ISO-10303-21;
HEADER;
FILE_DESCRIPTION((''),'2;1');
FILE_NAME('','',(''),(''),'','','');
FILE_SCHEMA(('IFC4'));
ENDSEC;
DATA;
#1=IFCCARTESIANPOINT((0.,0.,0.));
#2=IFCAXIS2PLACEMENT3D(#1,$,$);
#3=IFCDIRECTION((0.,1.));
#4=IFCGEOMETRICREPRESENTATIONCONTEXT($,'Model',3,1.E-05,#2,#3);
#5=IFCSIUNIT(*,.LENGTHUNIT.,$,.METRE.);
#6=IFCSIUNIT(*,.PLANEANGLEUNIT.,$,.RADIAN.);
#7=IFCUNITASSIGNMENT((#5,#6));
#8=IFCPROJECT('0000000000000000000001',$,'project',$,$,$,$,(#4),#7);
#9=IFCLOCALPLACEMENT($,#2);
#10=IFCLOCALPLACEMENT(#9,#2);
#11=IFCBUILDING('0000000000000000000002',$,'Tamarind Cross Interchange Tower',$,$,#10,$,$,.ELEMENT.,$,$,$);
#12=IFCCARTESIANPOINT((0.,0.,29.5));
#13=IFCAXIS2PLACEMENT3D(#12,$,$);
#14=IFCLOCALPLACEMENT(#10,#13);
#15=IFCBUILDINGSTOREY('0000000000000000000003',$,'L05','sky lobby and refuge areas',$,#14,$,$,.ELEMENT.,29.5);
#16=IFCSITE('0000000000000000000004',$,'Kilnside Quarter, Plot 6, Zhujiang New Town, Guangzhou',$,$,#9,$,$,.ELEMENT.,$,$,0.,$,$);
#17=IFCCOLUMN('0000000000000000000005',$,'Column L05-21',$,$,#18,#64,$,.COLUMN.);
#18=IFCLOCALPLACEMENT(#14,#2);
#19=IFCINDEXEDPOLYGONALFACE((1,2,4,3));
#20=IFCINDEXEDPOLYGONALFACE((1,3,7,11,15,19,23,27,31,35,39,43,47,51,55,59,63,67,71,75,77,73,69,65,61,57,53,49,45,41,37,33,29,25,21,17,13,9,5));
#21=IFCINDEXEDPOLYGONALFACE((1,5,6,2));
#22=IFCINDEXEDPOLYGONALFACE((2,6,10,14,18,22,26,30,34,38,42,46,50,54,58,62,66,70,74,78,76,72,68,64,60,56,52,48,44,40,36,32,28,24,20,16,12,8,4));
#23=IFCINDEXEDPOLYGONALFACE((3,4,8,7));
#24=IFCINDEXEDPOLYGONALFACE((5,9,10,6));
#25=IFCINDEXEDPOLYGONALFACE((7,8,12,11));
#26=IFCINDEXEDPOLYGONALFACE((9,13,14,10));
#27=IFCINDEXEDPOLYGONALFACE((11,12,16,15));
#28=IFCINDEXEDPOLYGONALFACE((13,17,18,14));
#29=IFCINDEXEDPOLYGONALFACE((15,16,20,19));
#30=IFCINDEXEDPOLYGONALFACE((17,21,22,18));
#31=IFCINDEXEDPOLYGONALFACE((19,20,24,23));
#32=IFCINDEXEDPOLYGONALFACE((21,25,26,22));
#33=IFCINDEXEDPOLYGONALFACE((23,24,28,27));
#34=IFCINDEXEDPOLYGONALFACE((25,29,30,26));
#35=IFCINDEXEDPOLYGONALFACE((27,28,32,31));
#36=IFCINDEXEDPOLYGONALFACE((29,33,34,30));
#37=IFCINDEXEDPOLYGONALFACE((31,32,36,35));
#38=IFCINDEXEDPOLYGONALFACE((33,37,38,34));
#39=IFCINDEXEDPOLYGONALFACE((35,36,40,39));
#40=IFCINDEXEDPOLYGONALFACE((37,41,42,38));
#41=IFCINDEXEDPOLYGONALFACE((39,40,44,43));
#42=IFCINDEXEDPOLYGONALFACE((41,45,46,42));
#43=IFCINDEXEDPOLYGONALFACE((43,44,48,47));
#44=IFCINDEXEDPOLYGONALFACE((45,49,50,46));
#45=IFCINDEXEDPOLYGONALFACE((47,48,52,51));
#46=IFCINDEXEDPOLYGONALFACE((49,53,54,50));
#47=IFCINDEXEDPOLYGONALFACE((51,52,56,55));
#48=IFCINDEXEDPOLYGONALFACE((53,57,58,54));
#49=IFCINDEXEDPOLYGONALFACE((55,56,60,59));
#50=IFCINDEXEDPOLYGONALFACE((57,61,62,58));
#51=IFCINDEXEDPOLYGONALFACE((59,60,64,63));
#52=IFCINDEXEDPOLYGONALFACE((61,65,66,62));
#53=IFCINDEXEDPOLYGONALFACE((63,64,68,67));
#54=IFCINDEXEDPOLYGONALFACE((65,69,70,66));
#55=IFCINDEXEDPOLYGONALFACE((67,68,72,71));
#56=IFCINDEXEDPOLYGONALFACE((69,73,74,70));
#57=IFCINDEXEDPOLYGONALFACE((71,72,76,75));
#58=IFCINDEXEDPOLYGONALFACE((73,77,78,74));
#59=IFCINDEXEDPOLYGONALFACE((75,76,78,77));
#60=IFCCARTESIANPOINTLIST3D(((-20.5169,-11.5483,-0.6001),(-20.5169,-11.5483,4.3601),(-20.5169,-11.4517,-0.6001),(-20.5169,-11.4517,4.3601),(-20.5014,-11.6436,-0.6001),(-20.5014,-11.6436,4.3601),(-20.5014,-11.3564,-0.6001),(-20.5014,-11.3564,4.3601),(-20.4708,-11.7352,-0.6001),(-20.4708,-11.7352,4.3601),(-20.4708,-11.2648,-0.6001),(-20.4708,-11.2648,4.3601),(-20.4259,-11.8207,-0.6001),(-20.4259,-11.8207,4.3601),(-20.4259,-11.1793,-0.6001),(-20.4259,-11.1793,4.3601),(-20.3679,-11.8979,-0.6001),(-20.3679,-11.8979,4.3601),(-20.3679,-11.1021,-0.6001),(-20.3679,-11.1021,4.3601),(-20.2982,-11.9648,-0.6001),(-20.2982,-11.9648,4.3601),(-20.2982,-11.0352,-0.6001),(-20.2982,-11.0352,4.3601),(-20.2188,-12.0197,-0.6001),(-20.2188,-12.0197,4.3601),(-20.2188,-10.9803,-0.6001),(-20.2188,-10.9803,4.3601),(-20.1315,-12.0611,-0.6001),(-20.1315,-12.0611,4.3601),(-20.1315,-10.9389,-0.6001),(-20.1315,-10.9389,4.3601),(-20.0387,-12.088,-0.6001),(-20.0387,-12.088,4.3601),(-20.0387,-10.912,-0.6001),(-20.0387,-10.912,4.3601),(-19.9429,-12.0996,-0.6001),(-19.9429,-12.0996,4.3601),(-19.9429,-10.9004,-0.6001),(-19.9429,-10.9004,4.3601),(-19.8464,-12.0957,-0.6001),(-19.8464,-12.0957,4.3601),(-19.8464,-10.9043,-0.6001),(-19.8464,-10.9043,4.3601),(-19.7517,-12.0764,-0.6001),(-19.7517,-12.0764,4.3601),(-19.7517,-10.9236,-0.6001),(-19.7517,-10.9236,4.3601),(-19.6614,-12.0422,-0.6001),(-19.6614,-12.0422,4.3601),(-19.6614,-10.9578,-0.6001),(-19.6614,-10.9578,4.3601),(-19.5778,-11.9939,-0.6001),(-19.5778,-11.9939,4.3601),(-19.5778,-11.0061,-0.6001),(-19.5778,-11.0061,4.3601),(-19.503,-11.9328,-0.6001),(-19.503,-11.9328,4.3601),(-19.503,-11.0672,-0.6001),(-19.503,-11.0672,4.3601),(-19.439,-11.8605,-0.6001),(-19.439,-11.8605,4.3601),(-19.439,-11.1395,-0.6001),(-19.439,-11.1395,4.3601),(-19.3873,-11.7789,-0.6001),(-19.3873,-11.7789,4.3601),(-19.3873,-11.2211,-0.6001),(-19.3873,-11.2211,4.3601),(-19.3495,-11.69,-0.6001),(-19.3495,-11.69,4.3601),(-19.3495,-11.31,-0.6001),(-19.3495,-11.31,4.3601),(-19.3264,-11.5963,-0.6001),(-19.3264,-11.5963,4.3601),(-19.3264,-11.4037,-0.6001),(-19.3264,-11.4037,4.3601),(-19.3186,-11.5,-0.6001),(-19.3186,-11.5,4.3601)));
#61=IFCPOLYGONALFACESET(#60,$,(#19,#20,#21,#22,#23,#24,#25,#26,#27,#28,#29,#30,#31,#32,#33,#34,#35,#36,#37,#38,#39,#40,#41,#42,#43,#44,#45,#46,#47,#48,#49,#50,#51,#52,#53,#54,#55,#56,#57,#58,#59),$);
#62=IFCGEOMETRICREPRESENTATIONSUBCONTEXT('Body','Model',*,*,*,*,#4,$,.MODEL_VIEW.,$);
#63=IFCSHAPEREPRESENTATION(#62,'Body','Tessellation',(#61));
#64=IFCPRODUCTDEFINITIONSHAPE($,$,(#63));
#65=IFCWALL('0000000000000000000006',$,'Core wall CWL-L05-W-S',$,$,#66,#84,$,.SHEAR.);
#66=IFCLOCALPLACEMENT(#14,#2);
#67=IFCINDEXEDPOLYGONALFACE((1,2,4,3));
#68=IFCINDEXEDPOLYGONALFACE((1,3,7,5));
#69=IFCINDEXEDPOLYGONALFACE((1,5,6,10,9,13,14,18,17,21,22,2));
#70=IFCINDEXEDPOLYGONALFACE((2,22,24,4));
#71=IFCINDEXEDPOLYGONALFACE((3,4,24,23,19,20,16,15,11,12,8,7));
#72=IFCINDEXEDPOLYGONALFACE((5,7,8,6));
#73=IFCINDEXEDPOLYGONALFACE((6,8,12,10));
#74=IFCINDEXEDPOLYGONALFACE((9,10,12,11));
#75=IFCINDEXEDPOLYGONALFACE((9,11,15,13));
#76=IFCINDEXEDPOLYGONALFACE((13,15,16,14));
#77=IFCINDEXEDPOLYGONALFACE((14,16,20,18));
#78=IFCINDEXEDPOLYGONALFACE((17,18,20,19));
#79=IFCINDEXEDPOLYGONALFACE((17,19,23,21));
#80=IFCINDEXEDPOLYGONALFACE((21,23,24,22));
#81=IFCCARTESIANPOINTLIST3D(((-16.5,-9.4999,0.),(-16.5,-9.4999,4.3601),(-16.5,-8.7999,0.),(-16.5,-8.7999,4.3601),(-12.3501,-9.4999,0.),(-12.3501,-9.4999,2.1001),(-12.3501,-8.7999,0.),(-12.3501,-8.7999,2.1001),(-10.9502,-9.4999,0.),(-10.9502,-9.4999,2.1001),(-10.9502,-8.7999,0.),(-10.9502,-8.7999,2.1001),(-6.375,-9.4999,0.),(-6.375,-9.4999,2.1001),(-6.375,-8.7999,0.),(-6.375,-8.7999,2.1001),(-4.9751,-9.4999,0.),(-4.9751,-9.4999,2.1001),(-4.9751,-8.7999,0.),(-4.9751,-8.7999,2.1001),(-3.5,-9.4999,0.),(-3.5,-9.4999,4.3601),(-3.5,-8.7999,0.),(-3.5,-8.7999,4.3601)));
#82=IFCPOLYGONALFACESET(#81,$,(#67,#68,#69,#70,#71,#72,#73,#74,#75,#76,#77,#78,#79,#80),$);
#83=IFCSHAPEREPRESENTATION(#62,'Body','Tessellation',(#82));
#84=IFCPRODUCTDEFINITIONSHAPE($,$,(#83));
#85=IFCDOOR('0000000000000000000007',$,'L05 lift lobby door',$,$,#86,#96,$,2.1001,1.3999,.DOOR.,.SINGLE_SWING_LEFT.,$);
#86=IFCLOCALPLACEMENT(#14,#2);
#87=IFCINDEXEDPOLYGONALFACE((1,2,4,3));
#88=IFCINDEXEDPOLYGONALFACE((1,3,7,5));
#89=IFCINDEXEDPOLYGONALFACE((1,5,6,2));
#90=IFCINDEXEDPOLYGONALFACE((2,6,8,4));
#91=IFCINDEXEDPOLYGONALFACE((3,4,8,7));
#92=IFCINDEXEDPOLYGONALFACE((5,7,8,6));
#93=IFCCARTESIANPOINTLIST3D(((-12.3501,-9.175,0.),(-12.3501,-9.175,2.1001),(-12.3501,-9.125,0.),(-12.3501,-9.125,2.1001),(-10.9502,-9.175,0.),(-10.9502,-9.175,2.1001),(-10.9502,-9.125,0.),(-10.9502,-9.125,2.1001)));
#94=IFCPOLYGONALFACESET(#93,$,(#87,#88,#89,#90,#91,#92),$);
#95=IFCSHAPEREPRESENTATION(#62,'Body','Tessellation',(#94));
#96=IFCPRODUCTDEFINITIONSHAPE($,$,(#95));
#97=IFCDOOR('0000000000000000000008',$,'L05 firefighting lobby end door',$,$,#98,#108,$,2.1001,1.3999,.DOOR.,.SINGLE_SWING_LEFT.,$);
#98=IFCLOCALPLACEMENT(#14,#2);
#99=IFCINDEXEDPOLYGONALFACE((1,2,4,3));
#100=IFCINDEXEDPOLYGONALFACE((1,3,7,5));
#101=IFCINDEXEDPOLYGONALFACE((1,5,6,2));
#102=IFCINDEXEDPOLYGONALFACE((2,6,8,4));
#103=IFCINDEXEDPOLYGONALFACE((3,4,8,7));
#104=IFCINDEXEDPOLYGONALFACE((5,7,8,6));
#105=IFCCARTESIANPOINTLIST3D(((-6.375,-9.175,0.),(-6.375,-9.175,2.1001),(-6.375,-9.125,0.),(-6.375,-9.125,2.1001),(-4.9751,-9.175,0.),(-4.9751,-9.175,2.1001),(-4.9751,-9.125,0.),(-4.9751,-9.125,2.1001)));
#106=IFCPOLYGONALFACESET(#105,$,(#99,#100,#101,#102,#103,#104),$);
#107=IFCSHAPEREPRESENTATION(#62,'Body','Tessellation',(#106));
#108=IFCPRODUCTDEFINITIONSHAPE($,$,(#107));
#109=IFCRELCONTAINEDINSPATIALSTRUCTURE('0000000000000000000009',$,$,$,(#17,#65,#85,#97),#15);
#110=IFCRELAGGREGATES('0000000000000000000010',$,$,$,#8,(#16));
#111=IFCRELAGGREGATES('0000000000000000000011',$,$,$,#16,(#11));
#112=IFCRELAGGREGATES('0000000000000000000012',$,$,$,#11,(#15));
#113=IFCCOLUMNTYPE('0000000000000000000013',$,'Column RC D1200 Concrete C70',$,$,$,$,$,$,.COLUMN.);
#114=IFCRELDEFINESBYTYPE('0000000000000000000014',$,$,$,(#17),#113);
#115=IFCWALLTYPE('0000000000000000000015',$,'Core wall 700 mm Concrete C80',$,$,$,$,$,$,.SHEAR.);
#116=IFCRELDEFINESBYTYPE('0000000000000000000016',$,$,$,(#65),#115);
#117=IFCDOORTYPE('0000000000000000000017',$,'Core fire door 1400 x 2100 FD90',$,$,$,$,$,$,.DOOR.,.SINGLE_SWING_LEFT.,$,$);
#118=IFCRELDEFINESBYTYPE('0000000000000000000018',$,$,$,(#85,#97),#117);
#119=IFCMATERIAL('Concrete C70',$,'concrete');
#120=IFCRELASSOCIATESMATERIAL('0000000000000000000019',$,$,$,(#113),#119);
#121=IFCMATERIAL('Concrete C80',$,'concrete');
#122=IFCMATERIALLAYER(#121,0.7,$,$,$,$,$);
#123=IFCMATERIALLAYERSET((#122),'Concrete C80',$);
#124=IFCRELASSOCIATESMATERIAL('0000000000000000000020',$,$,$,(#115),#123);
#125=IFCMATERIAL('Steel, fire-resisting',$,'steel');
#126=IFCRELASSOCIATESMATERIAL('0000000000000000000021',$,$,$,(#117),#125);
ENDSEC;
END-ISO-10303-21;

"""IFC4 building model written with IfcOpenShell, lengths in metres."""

from ifc_helpers import new_model, si_unit, direction, frame, frame_2d, origin, origin_2d, place, context, subcontext, project, spatial, rectangle, circle, extrude, material, layer, layer_set, material_profile, profile_set, type_object, element, fill, save


model = new_model("IFC4")

# Units and contexts
model_context = context("Model", 3, precision=1e-05, world=origin(), true_north=direction((0.0, 1.0)))
body_context = subcontext(model_context, "Body", "Model", "MODEL_VIEW")
ifc_project = project(units=[si_unit("LENGTHUNIT", "METRE"), si_unit("PLANEANGLEUNIT", "RADIAN")], contexts=[model_context])

# Site, building, storey
site_placement = place(None, origin())
site = spatial("IfcSite", under=ifc_project, at=site_placement, Name="Kilnside Quarter, Plot 6, Zhujiang New Town, Guangzhou", CompositionType="ELEMENT", RefElevation=0.0)
building_placement = place(site_placement, origin())
building = spatial("IfcBuilding", under=site, at=building_placement, Name="Tamarind Cross Interchange Tower", CompositionType="ELEMENT")
storey_placement = place(building_placement, frame((0.0, 0.0, 29.5)))
storey = spatial("IfcBuildingStorey", under=building, at=storey_placement, Name="L05", Description="sky lobby and refuge areas", CompositionType="ELEMENT", Elevation=29.5)

# Column
ifc_material_1 = material(Name="Concrete C70", Category="concrete")
ifc_material_profile = material_profile(ifc_material_1, circle(Radius=0.6001, at=origin_2d()), Name="RC D1200")
ifc_profile_set = profile_set([ifc_material_profile], Name="Concrete C70")
column_type = type_object("IfcColumnType", Name="Column RC D1200 Concrete C70", PredefinedType="COLUMN", material=ifc_profile_set)
column_placement = place(storey_placement, frame((-19.9187, -11.5, -0.6001), z_axis=(0.0, 0.0, 1.0), x_axis=(1.0, 0.0, 0.0)))
element("IfcColumn", 1, at=column_placement, inside=storey, type_object=column_type, Name="Column L05-21", PredefinedType="COLUMN", context=body_context, shape_type="SweptSolid", body=[
    extrude(circle(Radius=0.6001, at=origin_2d()), origin(), (0.0, 0.0, 1.0), 4.9602),
])

# Wall, openings, doors
ifc_material_2 = material(Name="Concrete C80", Category="concrete")
ifc_layer_1 = layer(ifc_material_2, 0.7)
ifc_layer_set_1 = layer_set([ifc_layer_1], Name="Concrete C80")
wall_type_1 = type_object("IfcWallType", Name="Core wall 700 mm Concrete C80", PredefinedType="SHEAR", material=ifc_layer_set_1)
wall_1_placement = place(storey_placement, frame((-16.5, -9.1499, 0.0), z_axis=(0.0, 0.0, 1.0), x_axis=(1.0, 0.0, 0.0)))
wall_1 = element("IfcWall", 2, at=wall_1_placement, inside=storey, type_object=wall_type_1, Name="Core wall CWL-L05-W-S", PredefinedType="SHEAR", context=body_context, shape_type="SweptSolid", body=[
    extrude(rectangle(XDim=13.0, YDim=0.7, at=frame_2d((6.5, 0.0))), origin(), (0.0, 0.0, 1.0), 4.3601),
])
opening_1_placement = place(wall_1_placement, frame((4.1499, 0.0, 0.0)))
opening_1 = element("IfcOpeningElement", 3, at=opening_1_placement, cuts=wall_1, PredefinedType="OPENING", context=body_context, shape_type="SweptSolid", body=[
    extrude(rectangle(XDim=1.3999, YDim=2.1001, at=frame_2d((0.7, 1.05))), frame((0.0, 0.3599, 0.0), z_axis=(0.0, -1.0, 0.0), x_axis=(1.0, 0.0, 0.0)), (0.0, 0.0, 1.0), 0.72),
])
opening_2_placement = place(wall_1_placement, frame((10.125, 0.0, 0.0)))
opening_2 = element("IfcOpeningElement", 4, at=opening_2_placement, cuts=wall_1, PredefinedType="OPENING", context=body_context, shape_type="SweptSolid", body=[
    extrude(rectangle(XDim=1.3999, YDim=2.1001, at=frame_2d((0.7, 1.05))), frame((0.0, 0.3599, 0.0), z_axis=(0.0, -1.0, 0.0), x_axis=(1.0, 0.0, 0.0)), (0.0, 0.0, 1.0), 0.72),
])
ifc_material_3 = material(Name="Steel, fire-resisting", Category="steel")
door_type_1 = type_object("IfcDoorType", Name="Core fire door 1400 x 2100 FD90", OperationType="SINGLE_SWING_LEFT", PredefinedType="DOOR", material=ifc_material_3)
door_1_placement = place(opening_1_placement, origin())
door_1 = element("IfcDoor", 5, at=door_1_placement, inside=storey, type_object=door_type_1, Name="L05 lift lobby door", OperationType="SINGLE_SWING_LEFT", OverallHeight=2.1001, OverallWidth=1.3999, PredefinedType="DOOR", context=body_context, shape_type="SweptSolid", body=[
    extrude(rectangle(XDim=1.3999, YDim=2.1001, at=frame_2d((0.7, 1.05))), frame((0.0, 0.0249, 0.0), z_axis=(0.0, -1.0, 0.0), x_axis=(1.0, 0.0, 0.0)), (0.0, 0.0, 1.0), 0.05),
])
fill(opening_1, door_1)
door_2_placement = place(opening_2_placement, origin())
door_2 = element("IfcDoor", 6, at=door_2_placement, inside=storey, type_object=door_type_1, Name="L05 firefighting lobby end door", OperationType="SINGLE_SWING_LEFT", OverallHeight=2.1001, OverallWidth=1.3999, PredefinedType="DOOR", context=body_context, shape_type="SweptSolid", body=[
    extrude(rectangle(XDim=1.3999, YDim=2.1001, at=frame_2d((0.7, 1.05))), frame((0.0, 0.0249, 0.0), z_axis=(0.0, -1.0, 0.0), x_axis=(1.0, 0.0, 0.0)), (0.0, 0.0, 1.0), 0.05),
])
fill(opening_2, door_2)

save(model, "model.ifc")
